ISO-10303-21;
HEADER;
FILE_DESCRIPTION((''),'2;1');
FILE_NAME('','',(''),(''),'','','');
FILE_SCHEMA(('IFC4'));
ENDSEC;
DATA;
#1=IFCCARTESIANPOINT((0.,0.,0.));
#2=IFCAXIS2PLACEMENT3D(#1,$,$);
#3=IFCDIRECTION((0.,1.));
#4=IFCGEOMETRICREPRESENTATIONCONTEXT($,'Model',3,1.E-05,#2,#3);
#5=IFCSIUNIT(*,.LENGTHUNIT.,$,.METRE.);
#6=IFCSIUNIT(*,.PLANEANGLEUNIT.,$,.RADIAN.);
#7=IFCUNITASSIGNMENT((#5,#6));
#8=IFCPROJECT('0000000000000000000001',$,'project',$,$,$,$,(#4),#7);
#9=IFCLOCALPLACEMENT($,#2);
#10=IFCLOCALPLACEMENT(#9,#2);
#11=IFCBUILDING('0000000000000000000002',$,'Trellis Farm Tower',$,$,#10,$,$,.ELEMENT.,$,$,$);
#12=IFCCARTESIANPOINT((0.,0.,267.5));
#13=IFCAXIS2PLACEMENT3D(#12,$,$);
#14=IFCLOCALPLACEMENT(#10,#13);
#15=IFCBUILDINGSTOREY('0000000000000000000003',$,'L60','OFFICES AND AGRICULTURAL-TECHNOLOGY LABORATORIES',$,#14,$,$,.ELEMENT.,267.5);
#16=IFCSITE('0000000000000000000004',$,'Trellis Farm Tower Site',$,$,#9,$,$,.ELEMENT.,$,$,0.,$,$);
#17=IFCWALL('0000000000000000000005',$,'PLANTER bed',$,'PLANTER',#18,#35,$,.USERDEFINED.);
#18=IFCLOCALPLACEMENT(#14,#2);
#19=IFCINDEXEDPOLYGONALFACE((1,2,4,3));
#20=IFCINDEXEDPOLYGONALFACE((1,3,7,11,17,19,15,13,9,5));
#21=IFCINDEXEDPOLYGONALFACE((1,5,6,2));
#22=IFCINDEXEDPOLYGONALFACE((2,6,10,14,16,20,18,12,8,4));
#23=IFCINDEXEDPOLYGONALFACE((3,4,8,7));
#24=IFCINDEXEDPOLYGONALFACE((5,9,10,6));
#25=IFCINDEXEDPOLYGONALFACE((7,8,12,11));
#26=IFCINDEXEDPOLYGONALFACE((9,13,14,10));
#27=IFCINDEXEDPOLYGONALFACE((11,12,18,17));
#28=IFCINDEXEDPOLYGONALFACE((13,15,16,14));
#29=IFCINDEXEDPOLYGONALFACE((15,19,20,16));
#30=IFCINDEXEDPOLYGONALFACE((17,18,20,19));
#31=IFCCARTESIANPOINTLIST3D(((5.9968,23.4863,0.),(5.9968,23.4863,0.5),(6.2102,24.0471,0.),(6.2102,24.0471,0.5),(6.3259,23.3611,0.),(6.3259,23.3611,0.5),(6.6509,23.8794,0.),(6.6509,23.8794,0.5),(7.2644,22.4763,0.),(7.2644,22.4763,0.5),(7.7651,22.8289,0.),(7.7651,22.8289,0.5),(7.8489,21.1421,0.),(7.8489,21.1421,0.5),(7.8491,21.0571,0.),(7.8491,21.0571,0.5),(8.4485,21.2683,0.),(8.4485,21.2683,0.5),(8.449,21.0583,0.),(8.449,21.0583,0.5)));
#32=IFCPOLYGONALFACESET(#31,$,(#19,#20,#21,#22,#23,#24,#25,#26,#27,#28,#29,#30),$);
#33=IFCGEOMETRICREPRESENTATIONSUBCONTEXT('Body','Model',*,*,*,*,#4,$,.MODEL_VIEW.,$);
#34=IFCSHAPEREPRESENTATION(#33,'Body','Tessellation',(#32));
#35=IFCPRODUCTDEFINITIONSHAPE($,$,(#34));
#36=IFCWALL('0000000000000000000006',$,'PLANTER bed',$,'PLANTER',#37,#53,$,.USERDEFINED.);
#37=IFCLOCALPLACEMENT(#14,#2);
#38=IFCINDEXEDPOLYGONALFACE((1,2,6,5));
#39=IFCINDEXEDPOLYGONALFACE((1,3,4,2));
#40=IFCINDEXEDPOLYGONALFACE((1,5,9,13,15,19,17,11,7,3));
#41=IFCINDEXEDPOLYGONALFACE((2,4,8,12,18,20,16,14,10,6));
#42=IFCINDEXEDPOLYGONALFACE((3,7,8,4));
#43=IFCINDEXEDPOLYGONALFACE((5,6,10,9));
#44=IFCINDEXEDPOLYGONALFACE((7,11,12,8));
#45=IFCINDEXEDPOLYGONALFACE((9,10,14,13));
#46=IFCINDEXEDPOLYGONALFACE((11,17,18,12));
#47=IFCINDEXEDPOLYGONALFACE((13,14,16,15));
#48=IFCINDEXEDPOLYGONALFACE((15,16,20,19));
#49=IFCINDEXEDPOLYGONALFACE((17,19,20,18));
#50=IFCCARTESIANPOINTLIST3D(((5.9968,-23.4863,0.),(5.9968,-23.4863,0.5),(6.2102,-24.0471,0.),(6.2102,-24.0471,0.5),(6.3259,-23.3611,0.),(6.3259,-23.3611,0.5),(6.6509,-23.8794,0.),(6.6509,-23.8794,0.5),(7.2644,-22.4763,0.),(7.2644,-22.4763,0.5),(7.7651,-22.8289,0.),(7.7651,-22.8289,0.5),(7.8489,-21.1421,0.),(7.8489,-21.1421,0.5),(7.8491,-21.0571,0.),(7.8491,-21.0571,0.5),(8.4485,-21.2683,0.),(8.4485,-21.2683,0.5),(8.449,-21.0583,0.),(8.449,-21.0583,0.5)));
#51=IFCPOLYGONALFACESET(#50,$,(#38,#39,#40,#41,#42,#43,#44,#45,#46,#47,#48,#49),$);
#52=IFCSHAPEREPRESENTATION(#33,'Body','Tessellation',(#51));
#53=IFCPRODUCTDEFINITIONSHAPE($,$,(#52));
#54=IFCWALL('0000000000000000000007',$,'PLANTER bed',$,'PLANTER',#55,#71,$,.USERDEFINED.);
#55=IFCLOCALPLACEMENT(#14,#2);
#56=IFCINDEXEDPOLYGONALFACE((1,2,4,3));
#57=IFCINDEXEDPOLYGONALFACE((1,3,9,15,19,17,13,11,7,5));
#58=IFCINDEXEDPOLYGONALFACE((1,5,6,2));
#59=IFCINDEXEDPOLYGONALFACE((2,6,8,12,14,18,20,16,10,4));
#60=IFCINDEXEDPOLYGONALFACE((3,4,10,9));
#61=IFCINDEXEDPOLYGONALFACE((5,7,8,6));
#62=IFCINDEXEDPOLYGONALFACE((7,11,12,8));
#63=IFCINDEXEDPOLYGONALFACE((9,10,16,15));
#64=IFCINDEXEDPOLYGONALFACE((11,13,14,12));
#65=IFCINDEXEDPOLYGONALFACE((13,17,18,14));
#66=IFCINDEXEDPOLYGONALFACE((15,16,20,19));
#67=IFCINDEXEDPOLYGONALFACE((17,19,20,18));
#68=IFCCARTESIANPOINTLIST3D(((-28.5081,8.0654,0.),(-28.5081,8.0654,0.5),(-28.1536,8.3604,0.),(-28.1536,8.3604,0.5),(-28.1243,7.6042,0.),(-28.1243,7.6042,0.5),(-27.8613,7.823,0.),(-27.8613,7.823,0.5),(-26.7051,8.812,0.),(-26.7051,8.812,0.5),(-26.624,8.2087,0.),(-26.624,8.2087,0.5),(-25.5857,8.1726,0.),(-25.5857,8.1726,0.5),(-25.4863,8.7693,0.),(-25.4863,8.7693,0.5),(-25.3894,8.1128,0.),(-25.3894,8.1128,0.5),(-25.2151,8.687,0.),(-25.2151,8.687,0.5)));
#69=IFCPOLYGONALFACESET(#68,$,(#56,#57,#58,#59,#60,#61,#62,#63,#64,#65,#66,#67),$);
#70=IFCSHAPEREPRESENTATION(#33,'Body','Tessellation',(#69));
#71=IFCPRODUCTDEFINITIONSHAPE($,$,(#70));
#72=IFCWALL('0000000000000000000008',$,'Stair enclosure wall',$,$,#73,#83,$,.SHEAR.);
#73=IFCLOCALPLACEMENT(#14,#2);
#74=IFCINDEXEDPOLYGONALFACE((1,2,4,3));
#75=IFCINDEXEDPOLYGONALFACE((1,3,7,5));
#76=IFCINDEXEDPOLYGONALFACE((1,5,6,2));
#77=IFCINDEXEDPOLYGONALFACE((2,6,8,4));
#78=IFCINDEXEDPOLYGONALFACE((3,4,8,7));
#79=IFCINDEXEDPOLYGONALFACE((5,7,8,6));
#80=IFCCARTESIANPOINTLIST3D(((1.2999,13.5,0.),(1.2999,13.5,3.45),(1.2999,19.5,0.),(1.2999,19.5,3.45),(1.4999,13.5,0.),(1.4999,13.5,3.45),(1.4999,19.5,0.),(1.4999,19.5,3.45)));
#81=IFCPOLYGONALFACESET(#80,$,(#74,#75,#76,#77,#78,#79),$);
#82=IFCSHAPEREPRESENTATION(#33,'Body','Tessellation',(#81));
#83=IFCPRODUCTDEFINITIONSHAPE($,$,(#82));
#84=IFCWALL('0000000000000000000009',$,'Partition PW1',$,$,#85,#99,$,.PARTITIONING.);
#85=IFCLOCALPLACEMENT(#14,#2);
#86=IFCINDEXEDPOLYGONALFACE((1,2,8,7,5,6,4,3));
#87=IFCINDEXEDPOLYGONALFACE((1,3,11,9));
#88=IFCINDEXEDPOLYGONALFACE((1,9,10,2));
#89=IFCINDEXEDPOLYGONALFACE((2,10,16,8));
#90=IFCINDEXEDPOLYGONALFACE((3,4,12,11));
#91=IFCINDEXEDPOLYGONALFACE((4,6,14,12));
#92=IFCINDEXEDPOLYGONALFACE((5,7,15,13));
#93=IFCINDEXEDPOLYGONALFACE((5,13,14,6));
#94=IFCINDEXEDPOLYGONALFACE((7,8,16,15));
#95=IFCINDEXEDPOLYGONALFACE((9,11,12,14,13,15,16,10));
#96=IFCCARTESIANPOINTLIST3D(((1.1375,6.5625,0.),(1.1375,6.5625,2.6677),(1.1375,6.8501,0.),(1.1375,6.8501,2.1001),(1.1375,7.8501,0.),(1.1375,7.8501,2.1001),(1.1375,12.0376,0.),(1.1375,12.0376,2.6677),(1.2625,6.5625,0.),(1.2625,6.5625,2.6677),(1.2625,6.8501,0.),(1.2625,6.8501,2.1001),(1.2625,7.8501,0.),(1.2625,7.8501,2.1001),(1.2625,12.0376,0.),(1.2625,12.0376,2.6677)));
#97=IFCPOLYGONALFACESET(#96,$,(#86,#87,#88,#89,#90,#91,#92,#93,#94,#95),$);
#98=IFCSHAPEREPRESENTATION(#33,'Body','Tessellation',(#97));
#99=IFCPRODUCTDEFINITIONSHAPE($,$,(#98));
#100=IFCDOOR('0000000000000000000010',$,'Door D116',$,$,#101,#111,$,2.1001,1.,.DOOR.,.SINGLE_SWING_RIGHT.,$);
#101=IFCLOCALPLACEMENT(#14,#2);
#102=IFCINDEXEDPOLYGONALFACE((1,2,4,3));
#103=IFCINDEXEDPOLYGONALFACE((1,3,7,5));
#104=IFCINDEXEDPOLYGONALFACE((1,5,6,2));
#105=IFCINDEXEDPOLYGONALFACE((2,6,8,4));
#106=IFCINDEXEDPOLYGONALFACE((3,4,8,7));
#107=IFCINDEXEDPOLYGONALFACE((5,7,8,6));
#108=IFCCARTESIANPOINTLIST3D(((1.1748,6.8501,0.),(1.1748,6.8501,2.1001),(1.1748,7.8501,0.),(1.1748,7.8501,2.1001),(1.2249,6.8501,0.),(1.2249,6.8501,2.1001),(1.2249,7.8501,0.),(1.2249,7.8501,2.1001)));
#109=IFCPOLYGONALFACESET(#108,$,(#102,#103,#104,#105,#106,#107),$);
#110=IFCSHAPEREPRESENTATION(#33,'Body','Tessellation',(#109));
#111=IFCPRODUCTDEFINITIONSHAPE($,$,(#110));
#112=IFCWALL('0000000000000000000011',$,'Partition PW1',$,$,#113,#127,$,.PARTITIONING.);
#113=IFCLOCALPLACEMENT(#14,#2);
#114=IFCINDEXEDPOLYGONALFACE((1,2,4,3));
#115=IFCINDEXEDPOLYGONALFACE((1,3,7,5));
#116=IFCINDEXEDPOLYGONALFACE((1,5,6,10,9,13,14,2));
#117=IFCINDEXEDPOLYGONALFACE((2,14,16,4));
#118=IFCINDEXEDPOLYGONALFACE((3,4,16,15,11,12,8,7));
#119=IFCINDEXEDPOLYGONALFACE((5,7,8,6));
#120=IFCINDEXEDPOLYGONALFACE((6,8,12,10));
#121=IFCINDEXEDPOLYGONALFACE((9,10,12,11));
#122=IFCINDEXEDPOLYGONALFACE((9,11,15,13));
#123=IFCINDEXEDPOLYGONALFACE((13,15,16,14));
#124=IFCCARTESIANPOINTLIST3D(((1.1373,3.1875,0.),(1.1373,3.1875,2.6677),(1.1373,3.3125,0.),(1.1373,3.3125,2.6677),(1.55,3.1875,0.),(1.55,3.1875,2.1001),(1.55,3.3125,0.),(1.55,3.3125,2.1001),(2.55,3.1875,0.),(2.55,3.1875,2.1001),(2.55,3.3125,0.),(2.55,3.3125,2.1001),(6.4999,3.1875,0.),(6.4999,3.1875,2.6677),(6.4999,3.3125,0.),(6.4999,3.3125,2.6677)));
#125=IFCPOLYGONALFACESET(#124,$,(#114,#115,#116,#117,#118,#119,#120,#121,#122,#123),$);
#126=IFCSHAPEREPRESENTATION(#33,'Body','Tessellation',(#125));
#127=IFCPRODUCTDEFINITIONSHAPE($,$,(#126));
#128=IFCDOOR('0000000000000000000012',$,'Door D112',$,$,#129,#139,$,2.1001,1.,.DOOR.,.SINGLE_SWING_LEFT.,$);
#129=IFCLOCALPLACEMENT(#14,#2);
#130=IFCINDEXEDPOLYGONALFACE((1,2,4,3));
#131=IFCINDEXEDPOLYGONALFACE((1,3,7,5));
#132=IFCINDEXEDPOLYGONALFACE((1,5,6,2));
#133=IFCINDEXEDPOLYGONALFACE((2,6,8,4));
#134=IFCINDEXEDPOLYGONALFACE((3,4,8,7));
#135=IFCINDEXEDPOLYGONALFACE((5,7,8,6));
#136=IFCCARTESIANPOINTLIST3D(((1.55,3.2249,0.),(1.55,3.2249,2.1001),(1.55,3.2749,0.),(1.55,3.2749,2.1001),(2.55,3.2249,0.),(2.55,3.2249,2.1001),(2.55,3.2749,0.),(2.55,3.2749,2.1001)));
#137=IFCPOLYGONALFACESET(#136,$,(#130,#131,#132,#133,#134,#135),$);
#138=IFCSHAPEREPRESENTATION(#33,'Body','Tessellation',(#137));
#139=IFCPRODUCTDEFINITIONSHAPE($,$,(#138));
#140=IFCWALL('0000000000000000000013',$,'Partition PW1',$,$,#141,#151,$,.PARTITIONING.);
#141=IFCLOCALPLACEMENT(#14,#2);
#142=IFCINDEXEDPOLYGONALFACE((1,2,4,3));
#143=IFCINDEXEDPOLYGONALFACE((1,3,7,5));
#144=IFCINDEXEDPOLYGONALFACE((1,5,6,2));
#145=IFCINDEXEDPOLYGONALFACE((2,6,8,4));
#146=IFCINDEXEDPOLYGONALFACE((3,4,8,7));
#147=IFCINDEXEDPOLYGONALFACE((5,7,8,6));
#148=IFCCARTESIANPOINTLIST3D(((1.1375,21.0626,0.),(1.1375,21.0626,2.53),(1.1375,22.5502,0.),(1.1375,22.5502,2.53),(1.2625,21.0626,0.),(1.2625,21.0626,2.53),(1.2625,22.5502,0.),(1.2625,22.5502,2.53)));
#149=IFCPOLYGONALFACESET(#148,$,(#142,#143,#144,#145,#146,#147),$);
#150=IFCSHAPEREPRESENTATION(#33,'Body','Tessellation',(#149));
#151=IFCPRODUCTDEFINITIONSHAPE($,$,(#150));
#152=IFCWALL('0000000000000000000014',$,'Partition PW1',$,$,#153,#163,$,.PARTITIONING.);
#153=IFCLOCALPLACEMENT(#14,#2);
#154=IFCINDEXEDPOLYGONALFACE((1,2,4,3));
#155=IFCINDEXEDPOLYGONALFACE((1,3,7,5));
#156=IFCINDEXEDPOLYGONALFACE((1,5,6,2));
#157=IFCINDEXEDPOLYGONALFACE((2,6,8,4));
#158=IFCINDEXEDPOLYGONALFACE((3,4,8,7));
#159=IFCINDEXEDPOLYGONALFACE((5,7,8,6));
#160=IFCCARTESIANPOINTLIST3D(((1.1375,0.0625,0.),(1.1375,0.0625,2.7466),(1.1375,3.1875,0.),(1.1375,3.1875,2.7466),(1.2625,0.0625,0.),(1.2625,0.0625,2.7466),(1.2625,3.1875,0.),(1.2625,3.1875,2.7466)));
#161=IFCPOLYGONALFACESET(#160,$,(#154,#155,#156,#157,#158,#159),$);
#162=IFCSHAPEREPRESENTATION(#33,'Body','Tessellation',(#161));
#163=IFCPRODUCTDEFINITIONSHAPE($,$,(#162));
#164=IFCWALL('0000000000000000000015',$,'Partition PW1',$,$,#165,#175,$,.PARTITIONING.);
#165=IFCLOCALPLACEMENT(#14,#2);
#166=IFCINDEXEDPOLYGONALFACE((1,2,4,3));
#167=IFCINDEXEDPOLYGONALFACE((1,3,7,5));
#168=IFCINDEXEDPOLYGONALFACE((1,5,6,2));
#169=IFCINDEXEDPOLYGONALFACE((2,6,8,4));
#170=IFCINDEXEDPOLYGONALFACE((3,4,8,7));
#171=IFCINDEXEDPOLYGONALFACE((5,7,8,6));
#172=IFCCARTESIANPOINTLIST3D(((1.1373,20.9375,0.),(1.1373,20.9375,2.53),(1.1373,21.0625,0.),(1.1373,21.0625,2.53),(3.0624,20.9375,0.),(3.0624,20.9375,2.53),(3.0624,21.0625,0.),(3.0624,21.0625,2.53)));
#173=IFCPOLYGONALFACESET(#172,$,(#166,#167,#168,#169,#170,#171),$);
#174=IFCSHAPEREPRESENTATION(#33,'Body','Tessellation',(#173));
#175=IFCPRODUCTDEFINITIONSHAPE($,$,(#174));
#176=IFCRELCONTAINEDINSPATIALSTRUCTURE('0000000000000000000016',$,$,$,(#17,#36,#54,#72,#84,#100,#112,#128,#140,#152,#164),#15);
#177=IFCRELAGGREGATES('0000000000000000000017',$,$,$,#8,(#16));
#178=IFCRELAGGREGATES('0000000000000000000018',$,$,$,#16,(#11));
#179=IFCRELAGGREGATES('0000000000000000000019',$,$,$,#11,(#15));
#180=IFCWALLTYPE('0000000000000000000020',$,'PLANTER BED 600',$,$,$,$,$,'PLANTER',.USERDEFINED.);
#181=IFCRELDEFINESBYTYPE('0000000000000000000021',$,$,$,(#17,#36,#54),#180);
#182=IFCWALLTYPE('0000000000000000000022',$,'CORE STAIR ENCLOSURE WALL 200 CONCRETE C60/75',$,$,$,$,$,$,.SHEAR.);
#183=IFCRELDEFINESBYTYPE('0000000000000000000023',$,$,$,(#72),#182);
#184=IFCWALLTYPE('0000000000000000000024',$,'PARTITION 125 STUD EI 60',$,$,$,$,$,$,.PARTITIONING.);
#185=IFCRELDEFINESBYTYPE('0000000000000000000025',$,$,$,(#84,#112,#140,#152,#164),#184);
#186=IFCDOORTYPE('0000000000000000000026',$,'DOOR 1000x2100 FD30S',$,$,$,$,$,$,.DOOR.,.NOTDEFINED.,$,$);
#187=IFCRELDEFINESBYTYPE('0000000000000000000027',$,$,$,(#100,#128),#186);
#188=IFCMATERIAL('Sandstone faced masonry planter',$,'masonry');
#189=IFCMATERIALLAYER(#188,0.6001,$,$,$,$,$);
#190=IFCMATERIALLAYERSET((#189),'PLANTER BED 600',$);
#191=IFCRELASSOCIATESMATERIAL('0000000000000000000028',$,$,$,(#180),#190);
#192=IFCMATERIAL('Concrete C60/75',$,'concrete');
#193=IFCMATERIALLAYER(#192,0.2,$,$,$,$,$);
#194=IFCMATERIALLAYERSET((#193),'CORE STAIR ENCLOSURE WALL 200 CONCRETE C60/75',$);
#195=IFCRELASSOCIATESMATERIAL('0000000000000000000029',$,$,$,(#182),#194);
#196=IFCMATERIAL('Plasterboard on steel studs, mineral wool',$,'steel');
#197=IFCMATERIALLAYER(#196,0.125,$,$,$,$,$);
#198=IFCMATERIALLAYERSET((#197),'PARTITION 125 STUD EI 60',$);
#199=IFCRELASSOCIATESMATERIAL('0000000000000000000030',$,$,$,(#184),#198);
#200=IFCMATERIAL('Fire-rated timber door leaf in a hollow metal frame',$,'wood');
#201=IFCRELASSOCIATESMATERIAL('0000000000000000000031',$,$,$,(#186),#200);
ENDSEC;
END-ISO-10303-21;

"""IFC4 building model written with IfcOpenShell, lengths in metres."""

from ifc_helpers import new_model, si_unit, direction, frame, frame_2d, origin, place, context, subcontext, project, spatial, polyline, rectangle, outline, extrude, source, transform, mapped, material, layer, layer_set, type_object, element, fill, save


model = new_model("IFC4")

# Units and contexts
model_context = context("Model", 3, precision=1e-05, world=origin(), true_north=direction((0.0, 1.0)))
body_context = subcontext(model_context, "Body", "Model", "MODEL_VIEW")
ifc_project = project(units=[si_unit("LENGTHUNIT", "METRE"), si_unit("PLANEANGLEUNIT", "RADIAN")], contexts=[model_context])

# Site, building, storey
site_placement = place(None, origin())
site = spatial("IfcSite", under=ifc_project, at=site_placement, Name="Trellis Farm Tower Site", CompositionType="ELEMENT", RefElevation=0.0)
building_placement = place(site_placement, origin())
building = spatial("IfcBuilding", under=site, at=building_placement, Name="Trellis Farm Tower", CompositionType="ELEMENT")
storey_placement = place(building_placement, frame((0.0, 0.0, 267.5)))
storey = spatial("IfcBuildingStorey", under=building, at=storey_placement, Name="L60", Description="OFFICES AND AGRICULTURAL-TECHNOLOGY LABORATORIES", CompositionType="ELEMENT", Elevation=267.5)

# Shared definitions
placement_1 = place(storey_placement, origin())

# Walls
ifc_material_1 = material(Name="Sandstone faced masonry planter", Category="masonry")
ifc_layer_1 = layer(ifc_material_1, 0.6001)
ifc_layer_set_1 = layer_set([ifc_layer_1], Name="PLANTER BED 600")
wall_type_1 = type_object("IfcWallType", Name="PLANTER BED 600", ElementType="PLANTER", PredefinedType="USERDEFINED", material=ifc_layer_set_1)
element("IfcWall", 1, at=placement_1, inside=storey, type_object=wall_type_1, Name="PLANTER bed", ObjectType="PLANTER", PredefinedType="USERDEFINED", context=body_context, shape_type="SweptSolid", body=[
    extrude(outline(polyline([(6.6509, 23.8794), (7.7651, 22.8289), (8.4485, 21.2683), (8.449, 21.0583), (7.8491, 21.0571), (7.8489, 21.1421), (7.2644, 22.4763), (6.3259, 23.3611), (5.9968, 23.4863), (6.2102, 24.0471), (6.6509, 23.8794)])), origin(), (0.0, 0.0, 1.0), 0.5),
])
element("IfcWall", 2, at=placement_1, inside=storey, type_object=wall_type_1, Name="PLANTER bed", ObjectType="PLANTER", PredefinedType="USERDEFINED", context=body_context, shape_type="SweptSolid", body=[
    extrude(outline(polyline([(7.7651, -22.8289), (6.6509, -23.8794), (6.2102, -24.0471), (5.9968, -23.4863), (6.3259, -23.3611), (7.2644, -22.4763), (7.8489, -21.1421), (7.8491, -21.0571), (8.449, -21.0583), (8.4485, -21.2683), (7.7651, -22.8289)])), origin(), (0.0, 0.0, 1.0), 0.5),
])
element("IfcWall", 3, at=placement_1, inside=storey, type_object=wall_type_1, Name="PLANTER bed", ObjectType="PLANTER", PredefinedType="USERDEFINED", context=body_context, shape_type="SweptSolid", body=[
    extrude(outline(polyline([(-26.7051, 8.812), (-25.4863, 8.7693), (-25.2151, 8.687), (-25.3894, 8.1128), (-25.5857, 8.1726), (-26.624, 8.2087), (-27.8613, 7.823), (-28.1243, 7.6042), (-28.5081, 8.0654), (-28.1536, 8.3604), (-26.7051, 8.812)])), origin(), (0.0, 0.0, 1.0), 0.5),
])
ifc_material_2 = material(Name="Concrete C60/75", Category="concrete")
ifc_layer_2 = layer(ifc_material_2, 0.2)
ifc_layer_set_2 = layer_set([ifc_layer_2], Name="CORE STAIR ENCLOSURE WALL 200 CONCRETE C60/75")
wall_type_2 = type_object("IfcWallType", Name="CORE STAIR ENCLOSURE WALL 200 CONCRETE C60/75", PredefinedType="SHEAR", material=ifc_layer_set_2)
shared_shape_1 = source(origin(), body_context, "Body", "SweptSolid", [
    extrude(rectangle(XDim=6.0, YDim=0.2, at=frame_2d((3.0, 0.0))), origin(), (0.0, 0.0, 1.0), 3.45),
])
wall_1_placement = place(storey_placement, frame((1.3999, 13.5, 0.0), z_axis=(0.0, 0.0, 1.0), x_axis=(0.0, 1.0, 0.0)))
element("IfcWall", 4, at=wall_1_placement, inside=storey, type_object=wall_type_2, Name="Stair enclosure wall", PredefinedType="SHEAR", context=body_context, shape_type="MappedRepresentation", body=[
    mapped(shared_shape_1, transform((0.0, 0.0, 0.0))),
])

# Walls, openings, doors
ifc_material_3 = material(Name="Plasterboard on steel studs, mineral wool", Category="steel")
ifc_layer_3 = layer(ifc_material_3, 0.125)
ifc_layer_set_3 = layer_set([ifc_layer_3], Name="PARTITION 125 STUD EI 60")
wall_type_3 = type_object("IfcWallType", Name="PARTITION 125 STUD EI 60", PredefinedType="PARTITIONING", material=ifc_layer_set_3)
shared_shape_2 = source(origin(), body_context, "Body", "SweptSolid", [
    extrude(rectangle(XDim=5.4751, YDim=0.125, at=frame_2d((2.7375, 0.0))), origin(), (0.0, 0.0, 1.0), 2.6677),
])
wall_2_placement = place(storey_placement, frame((1.2, 12.0376, 0.0), z_axis=(0.0, 0.0, 1.0), x_axis=(0.0, -1.0, 0.0)))
wall_2 = element("IfcWall", 5, at=wall_2_placement, inside=storey, type_object=wall_type_3, Name="Partition PW1", PredefinedType="PARTITIONING", context=body_context, shape_type="MappedRepresentation", body=[
    mapped(shared_shape_2, transform((0.0, 0.0, 0.0))),
])
shared_shape_3 = source(origin(), body_context, "Body", "SweptSolid", [
    extrude(rectangle(XDim=1.0, YDim=2.1001, at=frame_2d((0.5, 1.05))), frame((0.0, 0.0725, 0.0), z_axis=(0.0, -1.0, 0.0), x_axis=(1.0, 0.0, 0.0)), (0.0, 0.0, 1.0), 0.145),
])
opening_1_placement = place(wall_2_placement, frame((4.1875, 0.0, 0.0)))
opening_1 = element("IfcOpeningElement", 6, at=opening_1_placement, cuts=wall_2, PredefinedType="OPENING", context=body_context, shape_type="MappedRepresentation", body=[
    mapped(shared_shape_3, transform((0.0, 0.0, 0.0))),
])
ifc_material_4 = material(Name="Fire-rated timber door leaf in a hollow metal frame", Category="wood")
door_type = type_object("IfcDoorType", Name="DOOR 1000x2100 FD30S", OperationType="NOTDEFINED", PredefinedType="DOOR", material=ifc_material_4)
shared_shape_4 = source(origin(), body_context, "Body", "SweptSolid", [
    extrude(rectangle(XDim=1.0, YDim=2.1001, at=frame_2d((0.5, 1.05))), frame((0.0, 0.0249, 0.0), z_axis=(0.0, -1.0, 0.0), x_axis=(1.0, 0.0, 0.0)), (0.0, 0.0, 1.0), 0.05),
])
door_1_placement = place(opening_1_placement, origin())
door_1 = element("IfcDoor", 7, at=door_1_placement, inside=storey, type_object=door_type, Name="Door D116", OperationType="SINGLE_SWING_RIGHT", OverallHeight=2.1001, OverallWidth=1.0, PredefinedType="DOOR", context=body_context, shape_type="MappedRepresentation", body=[
    mapped(shared_shape_4, transform((0.0, 0.0, 0.0))),
])
fill(opening_1, door_1)
shared_shape_5 = source(origin(), body_context, "Body", "SweptSolid", [
    extrude(rectangle(XDim=5.3625, YDim=0.125, at=frame_2d((2.6812, 0.0))), origin(), (0.0, 0.0, 1.0), 2.6677),
])
wall_3_placement = place(storey_placement, frame((1.1375, 3.25, 0.0), z_axis=(0.0, 0.0, 1.0), x_axis=(1.0, 0.0, 0.0)))
wall_3 = element("IfcWall", 8, at=wall_3_placement, inside=storey, type_object=wall_type_3, Name="Partition PW1", PredefinedType="PARTITIONING", context=body_context, shape_type="MappedRepresentation", body=[
    mapped(shared_shape_5, transform((0.0, 0.0, 0.0))),
])
opening_2_placement = place(wall_3_placement, frame((0.4126, 0.0, 0.0)))
opening_2 = element("IfcOpeningElement", 9, at=opening_2_placement, cuts=wall_3, PredefinedType="OPENING", context=body_context, shape_type="MappedRepresentation", body=[
    mapped(shared_shape_3, transform((0.0, 0.0, 0.0))),
])
door_2_placement = place(opening_2_placement, origin())
door_2 = element("IfcDoor", 10, at=door_2_placement, inside=storey, type_object=door_type, Name="Door D112", OperationType="SINGLE_SWING_LEFT", OverallHeight=2.1001, OverallWidth=1.0, PredefinedType="DOOR", context=body_context, shape_type="MappedRepresentation", body=[
    mapped(shared_shape_4, transform((0.0, 0.0, 0.0))),
])
fill(opening_2, door_2)

# Walls
shared_shape_6 = source(origin(), body_context, "Body", "SweptSolid", [
    extrude(rectangle(XDim=1.4875, YDim=0.125, at=frame_2d((0.7437, 0.0))), origin(), (0.0, 0.0, 1.0), 2.53),
])
wall_4_placement = place(storey_placement, frame((1.2, 22.55, 0.0), z_axis=(0.0, 0.0, 1.0), x_axis=(0.0, -1.0, 0.0)))
element("IfcWall", 11, at=wall_4_placement, inside=storey, type_object=wall_type_3, Name="Partition PW1", PredefinedType="PARTITIONING", context=body_context, shape_type="MappedRepresentation", body=[
    mapped(shared_shape_6, transform((0.0, 0.0, 0.0))),
])
shared_shape_7 = source(origin(), body_context, "Body", "SweptSolid", [
    extrude(rectangle(XDim=3.125, YDim=0.125, at=frame_2d((1.5625, 0.0))), origin(), (0.0, 0.0, 1.0), 2.7466),
])
wall_5_placement = place(storey_placement, frame((1.2, 3.1875, 0.0), z_axis=(0.0, 0.0, 1.0), x_axis=(0.0, -1.0, 0.0)))
element("IfcWall", 12, at=wall_5_placement, inside=storey, type_object=wall_type_3, Name="Partition PW1", PredefinedType="PARTITIONING", context=body_context, shape_type="MappedRepresentation", body=[
    mapped(shared_shape_7, transform((0.0, 0.0, 0.0))),
])
shared_shape_8 = source(origin(), body_context, "Body", "SweptSolid", [
    extrude(rectangle(XDim=1.925, YDim=0.125, at=frame_2d((0.9624, 0.0))), origin(), (0.0, 0.0, 1.0), 2.53),
])
wall_6_placement = place(storey_placement, frame((1.1375, 21.0, 0.0), z_axis=(0.0, 0.0, 1.0), x_axis=(1.0, 0.0, 0.0)))
element("IfcWall", 13, at=wall_6_placement, inside=storey, type_object=wall_type_3, Name="Partition PW1", PredefinedType="PARTITIONING", context=body_context, shape_type="MappedRepresentation", body=[
    mapped(shared_shape_8, transform((0.0, 0.0, 0.0))),
])

save(model, "model.ifc")
